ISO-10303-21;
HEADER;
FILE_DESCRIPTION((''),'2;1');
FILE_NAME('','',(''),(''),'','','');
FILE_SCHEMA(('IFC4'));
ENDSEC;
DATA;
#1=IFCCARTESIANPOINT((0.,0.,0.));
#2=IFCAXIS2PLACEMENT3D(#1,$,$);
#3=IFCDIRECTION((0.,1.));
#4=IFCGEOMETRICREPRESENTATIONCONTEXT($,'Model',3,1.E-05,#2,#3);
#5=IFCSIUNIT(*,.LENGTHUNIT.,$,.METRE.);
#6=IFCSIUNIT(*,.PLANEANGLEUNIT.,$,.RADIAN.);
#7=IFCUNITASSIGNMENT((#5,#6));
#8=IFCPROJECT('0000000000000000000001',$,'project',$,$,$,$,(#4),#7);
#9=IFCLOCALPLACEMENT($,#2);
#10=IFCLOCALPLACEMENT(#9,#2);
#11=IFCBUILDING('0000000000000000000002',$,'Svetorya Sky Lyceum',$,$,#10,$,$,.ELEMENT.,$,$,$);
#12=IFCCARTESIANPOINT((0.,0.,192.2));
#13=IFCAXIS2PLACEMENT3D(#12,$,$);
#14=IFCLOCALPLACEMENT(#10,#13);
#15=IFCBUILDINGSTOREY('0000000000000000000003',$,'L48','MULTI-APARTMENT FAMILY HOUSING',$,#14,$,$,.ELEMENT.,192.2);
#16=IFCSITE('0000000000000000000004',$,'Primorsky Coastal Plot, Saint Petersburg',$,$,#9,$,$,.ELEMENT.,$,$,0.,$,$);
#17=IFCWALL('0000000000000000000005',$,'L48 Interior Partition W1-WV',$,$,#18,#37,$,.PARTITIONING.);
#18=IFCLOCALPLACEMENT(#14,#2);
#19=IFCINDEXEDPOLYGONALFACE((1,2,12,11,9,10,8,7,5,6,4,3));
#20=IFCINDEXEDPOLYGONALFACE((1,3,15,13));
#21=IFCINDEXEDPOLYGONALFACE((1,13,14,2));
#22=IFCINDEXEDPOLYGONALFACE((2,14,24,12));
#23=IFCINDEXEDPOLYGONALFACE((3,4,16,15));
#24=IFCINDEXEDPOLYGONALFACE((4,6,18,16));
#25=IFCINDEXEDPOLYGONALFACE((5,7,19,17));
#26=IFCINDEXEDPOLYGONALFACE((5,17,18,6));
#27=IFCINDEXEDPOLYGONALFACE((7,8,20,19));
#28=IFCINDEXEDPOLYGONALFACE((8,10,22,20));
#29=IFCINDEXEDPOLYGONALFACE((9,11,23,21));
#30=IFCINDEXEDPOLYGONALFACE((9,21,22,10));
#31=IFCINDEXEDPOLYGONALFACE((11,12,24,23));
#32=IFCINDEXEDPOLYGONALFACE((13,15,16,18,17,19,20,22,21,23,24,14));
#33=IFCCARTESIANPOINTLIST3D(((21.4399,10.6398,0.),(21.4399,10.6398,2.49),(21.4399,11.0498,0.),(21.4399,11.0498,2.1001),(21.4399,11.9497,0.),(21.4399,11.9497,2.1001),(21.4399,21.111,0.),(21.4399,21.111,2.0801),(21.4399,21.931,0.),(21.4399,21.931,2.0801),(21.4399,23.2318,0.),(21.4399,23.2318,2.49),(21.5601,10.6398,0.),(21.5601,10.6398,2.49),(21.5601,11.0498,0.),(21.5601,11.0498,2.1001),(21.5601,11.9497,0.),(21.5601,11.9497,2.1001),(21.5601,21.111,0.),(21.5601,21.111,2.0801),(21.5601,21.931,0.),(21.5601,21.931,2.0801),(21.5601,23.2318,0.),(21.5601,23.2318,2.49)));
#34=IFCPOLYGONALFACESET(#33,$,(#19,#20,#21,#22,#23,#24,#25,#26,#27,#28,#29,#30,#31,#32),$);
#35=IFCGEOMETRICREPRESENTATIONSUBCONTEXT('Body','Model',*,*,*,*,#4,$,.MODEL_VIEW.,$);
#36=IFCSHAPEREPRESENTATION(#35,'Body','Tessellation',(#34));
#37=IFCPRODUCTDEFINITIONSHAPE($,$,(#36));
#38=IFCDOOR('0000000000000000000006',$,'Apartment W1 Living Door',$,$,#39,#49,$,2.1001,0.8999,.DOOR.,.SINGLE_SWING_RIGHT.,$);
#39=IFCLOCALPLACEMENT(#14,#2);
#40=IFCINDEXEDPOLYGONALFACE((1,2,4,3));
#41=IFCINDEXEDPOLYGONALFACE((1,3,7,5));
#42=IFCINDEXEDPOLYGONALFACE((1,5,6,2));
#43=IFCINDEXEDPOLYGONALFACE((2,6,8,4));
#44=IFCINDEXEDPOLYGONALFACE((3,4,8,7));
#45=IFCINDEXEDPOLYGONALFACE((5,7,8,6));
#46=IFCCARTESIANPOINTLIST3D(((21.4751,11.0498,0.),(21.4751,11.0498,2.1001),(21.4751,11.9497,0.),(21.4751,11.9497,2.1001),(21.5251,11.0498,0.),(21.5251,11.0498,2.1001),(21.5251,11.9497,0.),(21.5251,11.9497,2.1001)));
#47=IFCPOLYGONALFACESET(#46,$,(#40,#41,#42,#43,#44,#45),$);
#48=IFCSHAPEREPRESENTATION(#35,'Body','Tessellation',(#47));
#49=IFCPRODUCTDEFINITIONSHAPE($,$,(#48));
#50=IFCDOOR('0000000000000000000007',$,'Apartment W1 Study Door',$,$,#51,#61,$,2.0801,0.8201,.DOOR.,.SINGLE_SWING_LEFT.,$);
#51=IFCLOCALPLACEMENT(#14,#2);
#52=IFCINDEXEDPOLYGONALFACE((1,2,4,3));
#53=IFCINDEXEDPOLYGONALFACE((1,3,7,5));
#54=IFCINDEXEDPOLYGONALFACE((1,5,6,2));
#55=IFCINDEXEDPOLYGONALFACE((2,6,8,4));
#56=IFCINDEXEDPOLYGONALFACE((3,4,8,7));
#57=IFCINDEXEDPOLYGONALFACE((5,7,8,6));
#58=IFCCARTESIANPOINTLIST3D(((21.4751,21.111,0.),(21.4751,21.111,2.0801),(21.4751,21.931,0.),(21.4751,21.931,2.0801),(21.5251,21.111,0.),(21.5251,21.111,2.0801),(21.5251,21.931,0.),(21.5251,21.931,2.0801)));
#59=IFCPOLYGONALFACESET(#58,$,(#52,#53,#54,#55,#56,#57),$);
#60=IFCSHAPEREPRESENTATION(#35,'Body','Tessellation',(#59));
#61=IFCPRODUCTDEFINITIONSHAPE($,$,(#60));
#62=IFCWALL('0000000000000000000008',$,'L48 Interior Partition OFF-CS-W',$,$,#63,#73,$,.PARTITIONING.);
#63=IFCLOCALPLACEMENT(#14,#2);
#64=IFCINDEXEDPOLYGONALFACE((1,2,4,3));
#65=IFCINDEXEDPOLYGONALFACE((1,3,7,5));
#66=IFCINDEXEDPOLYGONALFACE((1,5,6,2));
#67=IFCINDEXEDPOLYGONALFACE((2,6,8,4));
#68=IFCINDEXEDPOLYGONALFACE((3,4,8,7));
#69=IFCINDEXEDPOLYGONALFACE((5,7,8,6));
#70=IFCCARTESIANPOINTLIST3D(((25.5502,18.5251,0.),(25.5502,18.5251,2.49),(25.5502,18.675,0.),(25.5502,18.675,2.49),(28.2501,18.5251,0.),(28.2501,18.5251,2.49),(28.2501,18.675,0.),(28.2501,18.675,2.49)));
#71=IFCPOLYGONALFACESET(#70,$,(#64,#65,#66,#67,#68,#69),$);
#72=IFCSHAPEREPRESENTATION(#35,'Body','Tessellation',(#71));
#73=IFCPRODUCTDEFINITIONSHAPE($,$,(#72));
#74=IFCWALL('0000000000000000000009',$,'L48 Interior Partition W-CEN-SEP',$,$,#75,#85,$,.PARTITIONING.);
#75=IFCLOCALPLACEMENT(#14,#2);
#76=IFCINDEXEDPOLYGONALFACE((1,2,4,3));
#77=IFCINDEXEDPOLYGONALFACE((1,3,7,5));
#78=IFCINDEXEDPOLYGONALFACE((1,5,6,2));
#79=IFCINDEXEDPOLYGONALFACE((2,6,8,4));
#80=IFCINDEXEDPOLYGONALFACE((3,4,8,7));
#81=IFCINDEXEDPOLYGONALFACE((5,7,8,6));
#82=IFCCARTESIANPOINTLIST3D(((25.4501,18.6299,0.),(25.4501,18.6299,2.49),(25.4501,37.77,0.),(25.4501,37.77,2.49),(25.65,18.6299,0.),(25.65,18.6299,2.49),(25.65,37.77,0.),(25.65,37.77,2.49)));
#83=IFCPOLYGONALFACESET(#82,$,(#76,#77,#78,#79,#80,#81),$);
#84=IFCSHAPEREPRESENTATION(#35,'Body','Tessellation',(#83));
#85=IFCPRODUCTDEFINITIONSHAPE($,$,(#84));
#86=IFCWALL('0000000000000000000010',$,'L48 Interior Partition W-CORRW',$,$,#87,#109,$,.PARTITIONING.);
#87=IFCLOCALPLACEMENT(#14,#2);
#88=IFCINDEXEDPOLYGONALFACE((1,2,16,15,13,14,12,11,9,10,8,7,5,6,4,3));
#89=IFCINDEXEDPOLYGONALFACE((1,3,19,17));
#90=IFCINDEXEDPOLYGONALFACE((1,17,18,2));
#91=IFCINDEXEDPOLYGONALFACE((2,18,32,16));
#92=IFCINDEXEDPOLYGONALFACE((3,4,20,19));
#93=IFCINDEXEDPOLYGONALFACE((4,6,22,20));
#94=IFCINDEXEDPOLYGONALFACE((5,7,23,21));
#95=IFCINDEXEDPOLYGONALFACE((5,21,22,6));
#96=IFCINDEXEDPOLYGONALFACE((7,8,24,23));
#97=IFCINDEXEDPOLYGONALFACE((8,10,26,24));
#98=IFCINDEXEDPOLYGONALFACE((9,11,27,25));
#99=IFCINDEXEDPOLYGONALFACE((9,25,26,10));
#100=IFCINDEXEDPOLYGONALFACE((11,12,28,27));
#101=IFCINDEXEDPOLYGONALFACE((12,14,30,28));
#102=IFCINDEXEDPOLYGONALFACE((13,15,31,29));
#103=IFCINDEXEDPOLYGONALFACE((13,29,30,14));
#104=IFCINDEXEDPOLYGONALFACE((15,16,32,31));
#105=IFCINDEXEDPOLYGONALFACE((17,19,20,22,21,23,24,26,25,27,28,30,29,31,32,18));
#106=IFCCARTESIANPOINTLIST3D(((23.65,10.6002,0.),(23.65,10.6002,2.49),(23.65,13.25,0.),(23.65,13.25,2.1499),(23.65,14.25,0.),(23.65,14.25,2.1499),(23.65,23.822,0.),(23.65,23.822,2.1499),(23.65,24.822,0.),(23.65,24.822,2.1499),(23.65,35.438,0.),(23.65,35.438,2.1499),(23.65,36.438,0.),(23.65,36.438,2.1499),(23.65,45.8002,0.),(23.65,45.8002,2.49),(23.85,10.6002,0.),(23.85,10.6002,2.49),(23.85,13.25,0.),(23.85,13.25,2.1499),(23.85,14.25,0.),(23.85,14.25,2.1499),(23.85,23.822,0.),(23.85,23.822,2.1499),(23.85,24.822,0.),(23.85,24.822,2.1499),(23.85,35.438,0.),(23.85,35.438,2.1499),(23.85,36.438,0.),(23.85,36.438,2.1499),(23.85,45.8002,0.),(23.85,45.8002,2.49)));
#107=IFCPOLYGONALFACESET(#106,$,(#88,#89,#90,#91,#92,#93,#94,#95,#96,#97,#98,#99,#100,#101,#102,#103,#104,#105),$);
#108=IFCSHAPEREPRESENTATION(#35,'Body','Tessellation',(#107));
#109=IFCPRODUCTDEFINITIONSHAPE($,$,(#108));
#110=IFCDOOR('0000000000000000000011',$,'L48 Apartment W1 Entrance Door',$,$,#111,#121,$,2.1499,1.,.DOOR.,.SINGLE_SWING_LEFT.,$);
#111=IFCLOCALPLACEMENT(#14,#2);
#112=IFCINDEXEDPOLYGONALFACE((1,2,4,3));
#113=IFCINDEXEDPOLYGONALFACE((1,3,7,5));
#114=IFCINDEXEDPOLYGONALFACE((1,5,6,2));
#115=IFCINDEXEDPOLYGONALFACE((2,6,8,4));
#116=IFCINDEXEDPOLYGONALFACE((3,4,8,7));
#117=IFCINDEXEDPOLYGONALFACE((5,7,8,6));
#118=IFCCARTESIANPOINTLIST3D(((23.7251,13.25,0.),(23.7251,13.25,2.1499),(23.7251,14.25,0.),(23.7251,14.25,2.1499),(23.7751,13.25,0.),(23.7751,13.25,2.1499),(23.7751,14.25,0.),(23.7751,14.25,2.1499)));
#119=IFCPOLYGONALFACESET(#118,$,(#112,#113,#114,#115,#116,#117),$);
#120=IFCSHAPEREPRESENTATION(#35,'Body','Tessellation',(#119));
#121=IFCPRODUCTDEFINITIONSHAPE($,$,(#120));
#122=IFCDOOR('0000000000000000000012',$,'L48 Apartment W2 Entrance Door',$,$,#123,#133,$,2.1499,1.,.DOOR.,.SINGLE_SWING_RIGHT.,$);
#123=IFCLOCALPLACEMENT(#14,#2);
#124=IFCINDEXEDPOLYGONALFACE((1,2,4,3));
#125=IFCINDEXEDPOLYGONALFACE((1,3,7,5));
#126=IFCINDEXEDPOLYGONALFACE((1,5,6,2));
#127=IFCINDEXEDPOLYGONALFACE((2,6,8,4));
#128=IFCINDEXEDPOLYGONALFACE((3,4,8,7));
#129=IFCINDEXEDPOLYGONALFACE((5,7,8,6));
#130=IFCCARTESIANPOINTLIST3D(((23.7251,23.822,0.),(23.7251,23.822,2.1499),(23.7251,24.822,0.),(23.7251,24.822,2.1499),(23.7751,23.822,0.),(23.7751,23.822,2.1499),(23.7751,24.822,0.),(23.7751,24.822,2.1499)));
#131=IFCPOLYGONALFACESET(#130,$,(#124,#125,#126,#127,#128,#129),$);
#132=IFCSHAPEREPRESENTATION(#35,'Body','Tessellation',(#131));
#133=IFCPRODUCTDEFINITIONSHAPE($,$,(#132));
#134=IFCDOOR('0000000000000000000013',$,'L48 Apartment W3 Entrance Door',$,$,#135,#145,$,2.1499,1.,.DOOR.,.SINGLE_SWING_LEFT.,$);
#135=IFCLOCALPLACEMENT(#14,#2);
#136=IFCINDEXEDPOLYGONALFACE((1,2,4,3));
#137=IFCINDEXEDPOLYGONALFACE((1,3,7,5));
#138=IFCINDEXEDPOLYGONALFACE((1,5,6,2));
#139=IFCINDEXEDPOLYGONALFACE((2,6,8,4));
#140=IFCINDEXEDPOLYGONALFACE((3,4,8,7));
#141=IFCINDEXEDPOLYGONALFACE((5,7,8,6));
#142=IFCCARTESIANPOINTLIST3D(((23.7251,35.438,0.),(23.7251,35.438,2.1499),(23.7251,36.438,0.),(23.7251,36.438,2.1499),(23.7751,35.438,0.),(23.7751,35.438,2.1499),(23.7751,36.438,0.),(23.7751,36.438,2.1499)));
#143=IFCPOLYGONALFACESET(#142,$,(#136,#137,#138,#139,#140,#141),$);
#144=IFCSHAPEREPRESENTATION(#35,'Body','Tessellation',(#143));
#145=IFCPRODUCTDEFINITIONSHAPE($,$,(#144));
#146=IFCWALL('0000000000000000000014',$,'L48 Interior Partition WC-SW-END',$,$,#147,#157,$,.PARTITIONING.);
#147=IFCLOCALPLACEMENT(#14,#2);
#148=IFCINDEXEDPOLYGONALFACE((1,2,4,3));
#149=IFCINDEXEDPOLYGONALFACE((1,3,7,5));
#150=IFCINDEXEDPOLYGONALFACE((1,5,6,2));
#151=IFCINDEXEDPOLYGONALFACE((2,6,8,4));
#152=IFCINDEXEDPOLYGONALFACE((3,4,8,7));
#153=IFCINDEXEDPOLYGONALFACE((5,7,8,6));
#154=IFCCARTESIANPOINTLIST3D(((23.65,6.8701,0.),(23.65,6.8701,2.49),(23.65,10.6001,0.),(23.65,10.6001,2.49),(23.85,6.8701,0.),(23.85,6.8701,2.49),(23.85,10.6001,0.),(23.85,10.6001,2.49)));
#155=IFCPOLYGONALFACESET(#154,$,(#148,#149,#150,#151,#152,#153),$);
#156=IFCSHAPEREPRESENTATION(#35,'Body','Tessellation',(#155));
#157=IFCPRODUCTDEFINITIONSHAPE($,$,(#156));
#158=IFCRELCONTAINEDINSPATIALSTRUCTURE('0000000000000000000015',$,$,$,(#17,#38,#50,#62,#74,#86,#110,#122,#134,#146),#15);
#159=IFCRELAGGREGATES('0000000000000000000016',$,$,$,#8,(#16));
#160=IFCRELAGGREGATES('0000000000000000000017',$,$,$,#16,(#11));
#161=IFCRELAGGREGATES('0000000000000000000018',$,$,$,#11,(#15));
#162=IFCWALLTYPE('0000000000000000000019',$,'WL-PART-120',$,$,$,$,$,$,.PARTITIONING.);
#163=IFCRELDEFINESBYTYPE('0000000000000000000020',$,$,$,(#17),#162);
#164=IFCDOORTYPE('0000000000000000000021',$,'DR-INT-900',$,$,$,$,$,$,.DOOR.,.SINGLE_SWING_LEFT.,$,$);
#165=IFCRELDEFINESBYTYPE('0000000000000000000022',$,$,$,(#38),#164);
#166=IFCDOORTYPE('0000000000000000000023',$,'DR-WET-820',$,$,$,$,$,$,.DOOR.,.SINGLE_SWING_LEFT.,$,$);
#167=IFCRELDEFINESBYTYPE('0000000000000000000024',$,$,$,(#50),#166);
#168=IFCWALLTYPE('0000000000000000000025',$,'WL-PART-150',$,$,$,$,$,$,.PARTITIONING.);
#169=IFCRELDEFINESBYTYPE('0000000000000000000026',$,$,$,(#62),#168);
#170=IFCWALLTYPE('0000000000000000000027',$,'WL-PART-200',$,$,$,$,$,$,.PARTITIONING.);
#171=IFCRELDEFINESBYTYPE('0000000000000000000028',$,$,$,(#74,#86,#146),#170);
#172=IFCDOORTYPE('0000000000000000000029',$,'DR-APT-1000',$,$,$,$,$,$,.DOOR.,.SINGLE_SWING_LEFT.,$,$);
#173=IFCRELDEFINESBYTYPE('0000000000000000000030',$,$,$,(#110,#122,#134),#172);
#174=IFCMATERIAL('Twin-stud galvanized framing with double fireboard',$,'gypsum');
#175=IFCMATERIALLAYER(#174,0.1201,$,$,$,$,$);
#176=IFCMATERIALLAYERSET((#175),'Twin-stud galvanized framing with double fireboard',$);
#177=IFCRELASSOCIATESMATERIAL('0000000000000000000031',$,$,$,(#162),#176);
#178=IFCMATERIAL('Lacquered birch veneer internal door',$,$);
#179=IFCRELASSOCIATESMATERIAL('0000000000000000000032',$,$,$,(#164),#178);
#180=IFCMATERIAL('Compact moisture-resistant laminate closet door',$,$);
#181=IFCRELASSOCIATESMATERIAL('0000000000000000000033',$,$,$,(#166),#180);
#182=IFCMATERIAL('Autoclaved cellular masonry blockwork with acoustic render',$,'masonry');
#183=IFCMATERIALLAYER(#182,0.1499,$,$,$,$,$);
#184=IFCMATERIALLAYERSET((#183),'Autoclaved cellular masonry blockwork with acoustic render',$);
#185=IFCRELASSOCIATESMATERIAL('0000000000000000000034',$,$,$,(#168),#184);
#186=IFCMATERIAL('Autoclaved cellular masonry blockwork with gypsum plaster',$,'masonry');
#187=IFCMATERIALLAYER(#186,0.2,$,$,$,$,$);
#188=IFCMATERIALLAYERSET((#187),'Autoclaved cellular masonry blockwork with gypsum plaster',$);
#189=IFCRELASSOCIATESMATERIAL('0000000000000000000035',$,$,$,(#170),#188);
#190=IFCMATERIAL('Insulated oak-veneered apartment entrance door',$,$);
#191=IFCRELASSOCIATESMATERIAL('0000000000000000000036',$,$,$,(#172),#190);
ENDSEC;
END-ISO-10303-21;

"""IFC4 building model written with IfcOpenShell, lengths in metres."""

from ifc_helpers import new_model, si_unit, direction, frame, frame_2d, origin, place, context, subcontext, project, spatial, rectangle, extrude, material, layer, layer_set, type_object, element, fill, save


model = new_model("IFC4")

# Units and contexts
model_context = context("Model", 3, precision=1e-05, world=origin(), true_north=direction((0.0, 1.0)))
body_context = subcontext(model_context, "Body", "Model", "MODEL_VIEW")
ifc_project = project(units=[si_unit("LENGTHUNIT", "METRE"), si_unit("PLANEANGLEUNIT", "RADIAN")], contexts=[model_context])

# Site, building, storey
site_placement = place(None, origin())
site = spatial("IfcSite", under=ifc_project, at=site_placement, Name="Primorsky Coastal Plot, Saint Petersburg", CompositionType="ELEMENT", RefElevation=0.0)
building_placement = place(site_placement, origin())
building = spatial("IfcBuilding", under=site, at=building_placement, Name="Svetorya Sky Lyceum", CompositionType="ELEMENT")
storey_placement = place(building_placement, frame((0.0, 0.0, 192.2)))
storey = spatial("IfcBuildingStorey", under=building, at=storey_placement, Name="L48", Description="MULTI-APARTMENT FAMILY HOUSING", CompositionType="ELEMENT", Elevation=192.2)

# Shared definitions
ifc_material_1 = material(Name="Twin-stud galvanized framing with double fireboard", Category="gypsum")
ifc_layer_1 = layer(ifc_material_1, 0.1201)
ifc_layer_set_1 = layer_set([ifc_layer_1], Name="Twin-stud galvanized framing with double fireboard")
wall_type_1 = type_object("IfcWallType", Name="WL-PART-120", PredefinedType="PARTITIONING", material=ifc_layer_set_1)

# Wall, openings, doors
wall_1_placement = place(storey_placement, frame((21.5, 10.6399, 0.0), z_axis=(0.0, 0.0, 1.0), x_axis=(0.0, 1.0, 0.0)))
wall_1 = element("IfcWall", 1, at=wall_1_placement, inside=storey, type_object=wall_type_1, Name="L48 Interior Partition W1-WV", PredefinedType="PARTITIONING", context=body_context, shape_type="SweptSolid", body=[
    extrude(rectangle(XDim=12.592, YDim=0.1201, at=frame_2d((6.2959, 0.0))), origin(), (0.0, 0.0, 1.0), 2.49),
])
opening_1_placement = place(wall_1_placement, frame((0.4099, 0.0, 0.0)))
opening_1 = element("IfcOpeningElement", 2, at=opening_1_placement, cuts=wall_1, PredefinedType="OPENING", context=body_context, shape_type="SweptSolid", body=[
    extrude(rectangle(XDim=0.8999, YDim=2.1001, at=frame_2d((0.45, 1.05))), frame((0.0, 0.0701, 0.0), z_axis=(0.0, -1.0, 0.0), x_axis=(1.0, 0.0, 0.0)), (0.0, 0.0, 1.0), 0.1401),
])
opening_2_placement = place(wall_1_placement, frame((10.4709, 0.0, 0.0)))
opening_2 = element("IfcOpeningElement", 3, at=opening_2_placement, cuts=wall_1, PredefinedType="OPENING", context=body_context, shape_type="SweptSolid", body=[
    extrude(rectangle(XDim=0.8201, YDim=2.0801, at=frame_2d((0.4102, 1.04))), frame((0.0, 0.0701, 0.0), z_axis=(0.0, -1.0, 0.0), x_axis=(1.0, 0.0, 0.0)), (0.0, 0.0, 1.0), 0.1401),
])
ifc_material_2 = material(Name="Lacquered birch veneer internal door")
door_type_1 = type_object("IfcDoorType", Name="DR-INT-900", OperationType="SINGLE_SWING_LEFT", PredefinedType="DOOR", material=ifc_material_2)
door_1_placement = place(opening_1_placement, origin())
door_1 = element("IfcDoor", 4, at=door_1_placement, inside=storey, type_object=door_type_1, Name="Apartment W1 Living Door", OperationType="SINGLE_SWING_RIGHT", OverallHeight=2.1001, OverallWidth=0.8999, PredefinedType="DOOR", context=body_context, shape_type="SweptSolid", body=[
    extrude(rectangle(XDim=0.8999, YDim=2.1001, at=frame_2d((0.45, 1.05))), frame((0.0, 0.0249, 0.0), z_axis=(0.0, -1.0, 0.0), x_axis=(1.0, 0.0, 0.0)), (0.0, 0.0, 1.0), 0.05),
])
fill(opening_1, door_1)
ifc_material_3 = material(Name="Compact moisture-resistant laminate closet door")
door_type_2 = type_object("IfcDoorType", Name="DR-WET-820", OperationType="SINGLE_SWING_LEFT", PredefinedType="DOOR", material=ifc_material_3)
door_2_placement = place(opening_2_placement, origin())
door_2 = element("IfcDoor", 5, at=door_2_placement, inside=storey, type_object=door_type_2, Name="Apartment W1 Study Door", OperationType="SINGLE_SWING_LEFT", OverallHeight=2.0801, OverallWidth=0.8201, PredefinedType="DOOR", context=body_context, shape_type="SweptSolid", body=[
    extrude(rectangle(XDim=0.8201, YDim=2.0801, at=frame_2d((0.4102, 1.04))), frame((0.0, 0.0249, 0.0), z_axis=(0.0, -1.0, 0.0), x_axis=(1.0, 0.0, 0.0)), (0.0, 0.0, 1.0), 0.05),
])
fill(opening_2, door_2)

# Walls
ifc_material_4 = material(Name="Autoclaved cellular masonry blockwork with acoustic render", Category="masonry")
ifc_layer_2 = layer(ifc_material_4, 0.1499)
ifc_layer_set_2 = layer_set([ifc_layer_2], Name="Autoclaved cellular masonry blockwork with acoustic render")
wall_type_2 = type_object("IfcWallType", Name="WL-PART-150", PredefinedType="PARTITIONING", material=ifc_layer_set_2)
wall_2_placement = place(storey_placement, frame((25.55, 18.6001, 0.0), z_axis=(0.0, 0.0, 1.0), x_axis=(1.0, 0.0, 0.0)))
element("IfcWall", 6, at=wall_2_placement, inside=storey, type_object=wall_type_2, Name="L48 Interior Partition OFF-CS-W", PredefinedType="PARTITIONING", context=body_context, shape_type="SweptSolid", body=[
    extrude(rectangle(XDim=2.7, YDim=0.1499, at=frame_2d((1.3501, 0.0))), origin(), (0.0, 0.0, 1.0), 2.49),
])
ifc_material_5 = material(Name="Autoclaved cellular masonry blockwork with gypsum plaster", Category="masonry")
ifc_layer_3 = layer(ifc_material_5, 0.2)
ifc_layer_set_3 = layer_set([ifc_layer_3], Name="Autoclaved cellular masonry blockwork with gypsum plaster")
wall_type_3 = type_object("IfcWallType", Name="WL-PART-200", PredefinedType="PARTITIONING", material=ifc_layer_set_3)
wall_3_placement = place(storey_placement, frame((25.55, 18.6299, 0.0), z_axis=(0.0, 0.0, 1.0), x_axis=(0.0, 1.0, 0.0)))
element("IfcWall", 7, at=wall_3_placement, inside=storey, type_object=wall_type_3, Name="L48 Interior Partition W-CEN-SEP", PredefinedType="PARTITIONING", context=body_context, shape_type="SweptSolid", body=[
    extrude(rectangle(XDim=19.1401, YDim=0.2, at=frame_2d((9.5701, 0.0))), origin(), (0.0, 0.0, 1.0), 2.49),
])

# Wall, openings, doors
wall_4_placement = place(storey_placement, frame((23.75, 10.6001, 0.0), z_axis=(0.0, 0.0, 1.0), x_axis=(0.0, 1.0, 0.0)))
wall_4 = element("IfcWall", 8, at=wall_4_placement, inside=storey, type_object=wall_type_3, Name="L48 Interior Partition W-CORRW", PredefinedType="PARTITIONING", context=body_context, shape_type="SweptSolid", body=[
    extrude(rectangle(XDim=35.2, YDim=0.2, at=frame_2d((17.6001, 0.0))), origin(), (0.0, 0.0, 1.0), 2.49),
])
opening_3_placement = place(wall_4_placement, frame((2.6499, 0.0, 0.0)))
opening_3 = element("IfcOpeningElement", 9, at=opening_3_placement, cuts=wall_4, PredefinedType="OPENING", context=body_context, shape_type="SweptSolid", body=[
    extrude(rectangle(XDim=1.0, YDim=2.1499, at=frame_2d((0.5, 1.075))), frame((0.0, 0.1099, 0.0), z_axis=(0.0, -1.0, 0.0), x_axis=(1.0, 0.0, 0.0)), (0.0, 0.0, 1.0), 0.22),
])
opening_4_placement = place(wall_4_placement, frame((13.2219, 0.0, 0.0)))
opening_4 = element("IfcOpeningElement", 10, at=opening_4_placement, cuts=wall_4, PredefinedType="OPENING", context=body_context, shape_type="SweptSolid", body=[
    extrude(rectangle(XDim=1.0, YDim=2.1499, at=frame_2d((0.5, 1.075))), frame((0.0, 0.1099, 0.0), z_axis=(0.0, -1.0, 0.0), x_axis=(1.0, 0.0, 0.0)), (0.0, 0.0, 1.0), 0.22),
])
opening_5_placement = place(wall_4_placement, frame((24.8379, 0.0, 0.0)))
opening_5 = element("IfcOpeningElement", 11, at=opening_5_placement, cuts=wall_4, PredefinedType="OPENING", context=body_context, shape_type="SweptSolid", body=[
    extrude(rectangle(XDim=1.0, YDim=2.1499, at=frame_2d((0.5, 1.075))), frame((0.0, 0.1099, 0.0), z_axis=(0.0, -1.0, 0.0), x_axis=(1.0, 0.0, 0.0)), (0.0, 0.0, 1.0), 0.22),
])
ifc_material_6 = material(Name="Insulated oak-veneered apartment entrance door")
door_type_3 = type_object("IfcDoorType", Name="DR-APT-1000", OperationType="SINGLE_SWING_LEFT", PredefinedType="DOOR", material=ifc_material_6)
door_3_placement = place(opening_3_placement, origin())
door_3 = element("IfcDoor", 12, at=door_3_placement, inside=storey, type_object=door_type_3, Name="L48 Apartment W1 Entrance Door", OperationType="SINGLE_SWING_LEFT", OverallHeight=2.1499, OverallWidth=1.0, PredefinedType="DOOR", context=body_context, shape_type="SweptSolid", body=[
    extrude(rectangle(XDim=1.0, YDim=2.1499, at=frame_2d((0.5, 1.075))), frame((0.0, 0.0249, 0.0), z_axis=(0.0, -1.0, 0.0), x_axis=(1.0, 0.0, 0.0)), (0.0, 0.0, 1.0), 0.05),
])
fill(opening_3, door_3)
door_4_placement = place(opening_4_placement, origin())
door_4 = element("IfcDoor", 13, at=door_4_placement, inside=storey, type_object=door_type_3, Name="L48 Apartment W2 Entrance Door", OperationType="SINGLE_SWING_RIGHT", OverallHeight=2.1499, OverallWidth=1.0, PredefinedType="DOOR", context=body_context, shape_type="SweptSolid", body=[
    extrude(rectangle(XDim=1.0, YDim=2.1499, at=frame_2d((0.5, 1.075))), frame((0.0, 0.0249, 0.0), z_axis=(0.0, -1.0, 0.0), x_axis=(1.0, 0.0, 0.0)), (0.0, 0.0, 1.0), 0.05),
])
fill(opening_4, door_4)
door_5_placement = place(opening_5_placement, origin())
door_5 = element("IfcDoor", 14, at=door_5_placement, inside=storey, type_object=door_type_3, Name="L48 Apartment W3 Entrance Door", OperationType="SINGLE_SWING_LEFT", OverallHeight=2.1499, OverallWidth=1.0, PredefinedType="DOOR", context=body_context, shape_type="SweptSolid", body=[
    extrude(rectangle(XDim=1.0, YDim=2.1499, at=frame_2d((0.5, 1.075))), frame((0.0, 0.0249, 0.0), z_axis=(0.0, -1.0, 0.0), x_axis=(1.0, 0.0, 0.0)), (0.0, 0.0, 1.0), 0.05),
])
fill(opening_5, door_5)

# Wall
wall_5_placement = place(storey_placement, frame((23.75, 6.8701, 0.0), z_axis=(0.0, 0.0, 1.0), x_axis=(0.0, 1.0, 0.0)))
element("IfcWall", 15, at=wall_5_placement, inside=storey, type_object=wall_type_3, Name="L48 Interior Partition WC-SW-END", PredefinedType="PARTITIONING", context=body_context, shape_type="SweptSolid", body=[
    extrude(rectangle(XDim=3.73, YDim=0.2, at=frame_2d((1.865, 0.0))), origin(), (0.0, 0.0, 1.0), 2.49),
])

save(model, "model.ifc")
